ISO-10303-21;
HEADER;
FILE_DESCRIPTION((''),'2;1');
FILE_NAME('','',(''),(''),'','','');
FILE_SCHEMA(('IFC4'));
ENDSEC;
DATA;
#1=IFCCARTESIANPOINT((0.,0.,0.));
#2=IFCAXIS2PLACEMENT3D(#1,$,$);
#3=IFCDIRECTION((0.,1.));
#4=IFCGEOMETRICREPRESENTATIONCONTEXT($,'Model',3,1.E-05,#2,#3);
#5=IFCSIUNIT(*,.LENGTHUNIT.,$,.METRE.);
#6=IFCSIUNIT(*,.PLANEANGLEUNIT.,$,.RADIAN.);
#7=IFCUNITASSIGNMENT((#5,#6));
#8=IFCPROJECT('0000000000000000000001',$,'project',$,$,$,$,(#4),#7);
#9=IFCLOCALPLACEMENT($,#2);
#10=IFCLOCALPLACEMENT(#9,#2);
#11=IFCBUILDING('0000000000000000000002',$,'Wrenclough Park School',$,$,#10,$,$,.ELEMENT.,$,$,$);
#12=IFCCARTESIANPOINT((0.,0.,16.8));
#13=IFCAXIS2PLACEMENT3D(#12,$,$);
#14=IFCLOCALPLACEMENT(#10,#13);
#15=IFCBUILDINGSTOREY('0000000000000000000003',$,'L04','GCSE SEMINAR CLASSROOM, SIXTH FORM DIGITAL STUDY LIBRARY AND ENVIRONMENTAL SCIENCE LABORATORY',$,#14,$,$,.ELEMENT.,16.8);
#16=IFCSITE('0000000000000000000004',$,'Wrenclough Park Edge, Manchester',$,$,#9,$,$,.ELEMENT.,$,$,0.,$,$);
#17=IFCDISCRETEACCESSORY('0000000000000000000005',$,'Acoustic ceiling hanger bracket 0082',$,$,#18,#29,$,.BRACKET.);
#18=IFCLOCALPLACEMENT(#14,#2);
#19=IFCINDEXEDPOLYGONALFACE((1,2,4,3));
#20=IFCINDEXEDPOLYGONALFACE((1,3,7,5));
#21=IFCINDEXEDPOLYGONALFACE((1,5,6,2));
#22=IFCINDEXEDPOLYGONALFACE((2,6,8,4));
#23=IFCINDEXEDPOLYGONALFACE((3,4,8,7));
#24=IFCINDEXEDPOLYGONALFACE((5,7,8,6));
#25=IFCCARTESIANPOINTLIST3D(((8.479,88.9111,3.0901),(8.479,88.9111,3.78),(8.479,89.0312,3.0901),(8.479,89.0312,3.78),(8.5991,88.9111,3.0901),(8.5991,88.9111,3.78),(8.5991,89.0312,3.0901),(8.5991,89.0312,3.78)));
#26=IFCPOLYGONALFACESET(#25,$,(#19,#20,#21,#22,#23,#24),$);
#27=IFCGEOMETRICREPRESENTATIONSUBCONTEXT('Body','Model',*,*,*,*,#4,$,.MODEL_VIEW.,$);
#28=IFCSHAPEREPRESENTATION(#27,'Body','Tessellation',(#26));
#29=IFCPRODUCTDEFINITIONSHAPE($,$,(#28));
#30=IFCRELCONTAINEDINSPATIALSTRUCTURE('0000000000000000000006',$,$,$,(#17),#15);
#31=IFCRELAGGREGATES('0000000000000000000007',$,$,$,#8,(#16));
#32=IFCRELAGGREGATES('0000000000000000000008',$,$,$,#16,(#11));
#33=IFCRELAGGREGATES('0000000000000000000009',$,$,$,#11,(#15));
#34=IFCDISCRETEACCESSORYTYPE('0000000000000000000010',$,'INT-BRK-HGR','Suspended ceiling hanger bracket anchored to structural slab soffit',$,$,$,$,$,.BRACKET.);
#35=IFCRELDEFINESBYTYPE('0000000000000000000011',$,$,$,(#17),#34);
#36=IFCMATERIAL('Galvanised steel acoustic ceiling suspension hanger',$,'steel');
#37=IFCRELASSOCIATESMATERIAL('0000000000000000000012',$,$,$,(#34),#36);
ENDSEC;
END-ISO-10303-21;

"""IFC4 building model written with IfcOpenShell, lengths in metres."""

from ifc_helpers import new_model, si_unit, direction, frame, origin, origin_2d, place, context, subcontext, project, spatial, rectangle, extrude, material, type_object, element, save


model = new_model("IFC4")

# Units and contexts
model_context = context("Model", 3, precision=1e-05, world=origin(), true_north=direction((0.0, 1.0)))
body_context = subcontext(model_context, "Body", "Model", "MODEL_VIEW")
ifc_project = project(units=[si_unit("LENGTHUNIT", "METRE"), si_unit("PLANEANGLEUNIT", "RADIAN")], contexts=[model_context])

# Site, building, storey
site_placement = place(None, origin())
site = spatial("IfcSite", under=ifc_project, at=site_placement, Name="Wrenclough Park Edge, Manchester", CompositionType="ELEMENT", RefElevation=0.0)
building_placement = place(site_placement, origin())
building = spatial("IfcBuilding", under=site, at=building_placement, Name="Wrenclough Park School", CompositionType="ELEMENT")
storey_placement = place(building_placement, frame((0.0, 0.0, 16.8)))
storey = spatial("IfcBuildingStorey", under=building, at=storey_placement, Name="L04", Description="GCSE SEMINAR CLASSROOM, SIXTH FORM DIGITAL STUDY LIBRARY AND ENVIRONMENTAL SCIENCE LABORATORY", CompositionType="ELEMENT", Elevation=16.8)

# Discrete accessory
ifc_material_1 = material(Name="Galvanised steel acoustic ceiling suspension hanger", Category="steel")
discrete_accessory_type_1 = type_object("IfcDiscreteAccessoryType", Name="INT-BRK-HGR", Description="Suspended ceiling hanger bracket anchored to structural slab soffit", PredefinedType="BRACKET", material=ifc_material_1)
discrete_accessory_placement = place(storey_placement, frame((8.5391, 88.9712, 3.0901), z_axis=(0.0, 0.0, 1.0), x_axis=(1.0, 0.0, 0.0)))
element("IfcDiscreteAccessory", 1, at=discrete_accessory_placement, inside=storey, type_object=discrete_accessory_type_1, Name="Acoustic ceiling hanger bracket 0082", PredefinedType="BRACKET", context=body_context, shape_type="SweptSolid", body=[
    extrude(rectangle(XDim=0.1201, YDim=0.1201, at=origin_2d()), origin(), (0.0, 0.0, 1.0), 0.6899),
])

save(model, "model.ifc")
